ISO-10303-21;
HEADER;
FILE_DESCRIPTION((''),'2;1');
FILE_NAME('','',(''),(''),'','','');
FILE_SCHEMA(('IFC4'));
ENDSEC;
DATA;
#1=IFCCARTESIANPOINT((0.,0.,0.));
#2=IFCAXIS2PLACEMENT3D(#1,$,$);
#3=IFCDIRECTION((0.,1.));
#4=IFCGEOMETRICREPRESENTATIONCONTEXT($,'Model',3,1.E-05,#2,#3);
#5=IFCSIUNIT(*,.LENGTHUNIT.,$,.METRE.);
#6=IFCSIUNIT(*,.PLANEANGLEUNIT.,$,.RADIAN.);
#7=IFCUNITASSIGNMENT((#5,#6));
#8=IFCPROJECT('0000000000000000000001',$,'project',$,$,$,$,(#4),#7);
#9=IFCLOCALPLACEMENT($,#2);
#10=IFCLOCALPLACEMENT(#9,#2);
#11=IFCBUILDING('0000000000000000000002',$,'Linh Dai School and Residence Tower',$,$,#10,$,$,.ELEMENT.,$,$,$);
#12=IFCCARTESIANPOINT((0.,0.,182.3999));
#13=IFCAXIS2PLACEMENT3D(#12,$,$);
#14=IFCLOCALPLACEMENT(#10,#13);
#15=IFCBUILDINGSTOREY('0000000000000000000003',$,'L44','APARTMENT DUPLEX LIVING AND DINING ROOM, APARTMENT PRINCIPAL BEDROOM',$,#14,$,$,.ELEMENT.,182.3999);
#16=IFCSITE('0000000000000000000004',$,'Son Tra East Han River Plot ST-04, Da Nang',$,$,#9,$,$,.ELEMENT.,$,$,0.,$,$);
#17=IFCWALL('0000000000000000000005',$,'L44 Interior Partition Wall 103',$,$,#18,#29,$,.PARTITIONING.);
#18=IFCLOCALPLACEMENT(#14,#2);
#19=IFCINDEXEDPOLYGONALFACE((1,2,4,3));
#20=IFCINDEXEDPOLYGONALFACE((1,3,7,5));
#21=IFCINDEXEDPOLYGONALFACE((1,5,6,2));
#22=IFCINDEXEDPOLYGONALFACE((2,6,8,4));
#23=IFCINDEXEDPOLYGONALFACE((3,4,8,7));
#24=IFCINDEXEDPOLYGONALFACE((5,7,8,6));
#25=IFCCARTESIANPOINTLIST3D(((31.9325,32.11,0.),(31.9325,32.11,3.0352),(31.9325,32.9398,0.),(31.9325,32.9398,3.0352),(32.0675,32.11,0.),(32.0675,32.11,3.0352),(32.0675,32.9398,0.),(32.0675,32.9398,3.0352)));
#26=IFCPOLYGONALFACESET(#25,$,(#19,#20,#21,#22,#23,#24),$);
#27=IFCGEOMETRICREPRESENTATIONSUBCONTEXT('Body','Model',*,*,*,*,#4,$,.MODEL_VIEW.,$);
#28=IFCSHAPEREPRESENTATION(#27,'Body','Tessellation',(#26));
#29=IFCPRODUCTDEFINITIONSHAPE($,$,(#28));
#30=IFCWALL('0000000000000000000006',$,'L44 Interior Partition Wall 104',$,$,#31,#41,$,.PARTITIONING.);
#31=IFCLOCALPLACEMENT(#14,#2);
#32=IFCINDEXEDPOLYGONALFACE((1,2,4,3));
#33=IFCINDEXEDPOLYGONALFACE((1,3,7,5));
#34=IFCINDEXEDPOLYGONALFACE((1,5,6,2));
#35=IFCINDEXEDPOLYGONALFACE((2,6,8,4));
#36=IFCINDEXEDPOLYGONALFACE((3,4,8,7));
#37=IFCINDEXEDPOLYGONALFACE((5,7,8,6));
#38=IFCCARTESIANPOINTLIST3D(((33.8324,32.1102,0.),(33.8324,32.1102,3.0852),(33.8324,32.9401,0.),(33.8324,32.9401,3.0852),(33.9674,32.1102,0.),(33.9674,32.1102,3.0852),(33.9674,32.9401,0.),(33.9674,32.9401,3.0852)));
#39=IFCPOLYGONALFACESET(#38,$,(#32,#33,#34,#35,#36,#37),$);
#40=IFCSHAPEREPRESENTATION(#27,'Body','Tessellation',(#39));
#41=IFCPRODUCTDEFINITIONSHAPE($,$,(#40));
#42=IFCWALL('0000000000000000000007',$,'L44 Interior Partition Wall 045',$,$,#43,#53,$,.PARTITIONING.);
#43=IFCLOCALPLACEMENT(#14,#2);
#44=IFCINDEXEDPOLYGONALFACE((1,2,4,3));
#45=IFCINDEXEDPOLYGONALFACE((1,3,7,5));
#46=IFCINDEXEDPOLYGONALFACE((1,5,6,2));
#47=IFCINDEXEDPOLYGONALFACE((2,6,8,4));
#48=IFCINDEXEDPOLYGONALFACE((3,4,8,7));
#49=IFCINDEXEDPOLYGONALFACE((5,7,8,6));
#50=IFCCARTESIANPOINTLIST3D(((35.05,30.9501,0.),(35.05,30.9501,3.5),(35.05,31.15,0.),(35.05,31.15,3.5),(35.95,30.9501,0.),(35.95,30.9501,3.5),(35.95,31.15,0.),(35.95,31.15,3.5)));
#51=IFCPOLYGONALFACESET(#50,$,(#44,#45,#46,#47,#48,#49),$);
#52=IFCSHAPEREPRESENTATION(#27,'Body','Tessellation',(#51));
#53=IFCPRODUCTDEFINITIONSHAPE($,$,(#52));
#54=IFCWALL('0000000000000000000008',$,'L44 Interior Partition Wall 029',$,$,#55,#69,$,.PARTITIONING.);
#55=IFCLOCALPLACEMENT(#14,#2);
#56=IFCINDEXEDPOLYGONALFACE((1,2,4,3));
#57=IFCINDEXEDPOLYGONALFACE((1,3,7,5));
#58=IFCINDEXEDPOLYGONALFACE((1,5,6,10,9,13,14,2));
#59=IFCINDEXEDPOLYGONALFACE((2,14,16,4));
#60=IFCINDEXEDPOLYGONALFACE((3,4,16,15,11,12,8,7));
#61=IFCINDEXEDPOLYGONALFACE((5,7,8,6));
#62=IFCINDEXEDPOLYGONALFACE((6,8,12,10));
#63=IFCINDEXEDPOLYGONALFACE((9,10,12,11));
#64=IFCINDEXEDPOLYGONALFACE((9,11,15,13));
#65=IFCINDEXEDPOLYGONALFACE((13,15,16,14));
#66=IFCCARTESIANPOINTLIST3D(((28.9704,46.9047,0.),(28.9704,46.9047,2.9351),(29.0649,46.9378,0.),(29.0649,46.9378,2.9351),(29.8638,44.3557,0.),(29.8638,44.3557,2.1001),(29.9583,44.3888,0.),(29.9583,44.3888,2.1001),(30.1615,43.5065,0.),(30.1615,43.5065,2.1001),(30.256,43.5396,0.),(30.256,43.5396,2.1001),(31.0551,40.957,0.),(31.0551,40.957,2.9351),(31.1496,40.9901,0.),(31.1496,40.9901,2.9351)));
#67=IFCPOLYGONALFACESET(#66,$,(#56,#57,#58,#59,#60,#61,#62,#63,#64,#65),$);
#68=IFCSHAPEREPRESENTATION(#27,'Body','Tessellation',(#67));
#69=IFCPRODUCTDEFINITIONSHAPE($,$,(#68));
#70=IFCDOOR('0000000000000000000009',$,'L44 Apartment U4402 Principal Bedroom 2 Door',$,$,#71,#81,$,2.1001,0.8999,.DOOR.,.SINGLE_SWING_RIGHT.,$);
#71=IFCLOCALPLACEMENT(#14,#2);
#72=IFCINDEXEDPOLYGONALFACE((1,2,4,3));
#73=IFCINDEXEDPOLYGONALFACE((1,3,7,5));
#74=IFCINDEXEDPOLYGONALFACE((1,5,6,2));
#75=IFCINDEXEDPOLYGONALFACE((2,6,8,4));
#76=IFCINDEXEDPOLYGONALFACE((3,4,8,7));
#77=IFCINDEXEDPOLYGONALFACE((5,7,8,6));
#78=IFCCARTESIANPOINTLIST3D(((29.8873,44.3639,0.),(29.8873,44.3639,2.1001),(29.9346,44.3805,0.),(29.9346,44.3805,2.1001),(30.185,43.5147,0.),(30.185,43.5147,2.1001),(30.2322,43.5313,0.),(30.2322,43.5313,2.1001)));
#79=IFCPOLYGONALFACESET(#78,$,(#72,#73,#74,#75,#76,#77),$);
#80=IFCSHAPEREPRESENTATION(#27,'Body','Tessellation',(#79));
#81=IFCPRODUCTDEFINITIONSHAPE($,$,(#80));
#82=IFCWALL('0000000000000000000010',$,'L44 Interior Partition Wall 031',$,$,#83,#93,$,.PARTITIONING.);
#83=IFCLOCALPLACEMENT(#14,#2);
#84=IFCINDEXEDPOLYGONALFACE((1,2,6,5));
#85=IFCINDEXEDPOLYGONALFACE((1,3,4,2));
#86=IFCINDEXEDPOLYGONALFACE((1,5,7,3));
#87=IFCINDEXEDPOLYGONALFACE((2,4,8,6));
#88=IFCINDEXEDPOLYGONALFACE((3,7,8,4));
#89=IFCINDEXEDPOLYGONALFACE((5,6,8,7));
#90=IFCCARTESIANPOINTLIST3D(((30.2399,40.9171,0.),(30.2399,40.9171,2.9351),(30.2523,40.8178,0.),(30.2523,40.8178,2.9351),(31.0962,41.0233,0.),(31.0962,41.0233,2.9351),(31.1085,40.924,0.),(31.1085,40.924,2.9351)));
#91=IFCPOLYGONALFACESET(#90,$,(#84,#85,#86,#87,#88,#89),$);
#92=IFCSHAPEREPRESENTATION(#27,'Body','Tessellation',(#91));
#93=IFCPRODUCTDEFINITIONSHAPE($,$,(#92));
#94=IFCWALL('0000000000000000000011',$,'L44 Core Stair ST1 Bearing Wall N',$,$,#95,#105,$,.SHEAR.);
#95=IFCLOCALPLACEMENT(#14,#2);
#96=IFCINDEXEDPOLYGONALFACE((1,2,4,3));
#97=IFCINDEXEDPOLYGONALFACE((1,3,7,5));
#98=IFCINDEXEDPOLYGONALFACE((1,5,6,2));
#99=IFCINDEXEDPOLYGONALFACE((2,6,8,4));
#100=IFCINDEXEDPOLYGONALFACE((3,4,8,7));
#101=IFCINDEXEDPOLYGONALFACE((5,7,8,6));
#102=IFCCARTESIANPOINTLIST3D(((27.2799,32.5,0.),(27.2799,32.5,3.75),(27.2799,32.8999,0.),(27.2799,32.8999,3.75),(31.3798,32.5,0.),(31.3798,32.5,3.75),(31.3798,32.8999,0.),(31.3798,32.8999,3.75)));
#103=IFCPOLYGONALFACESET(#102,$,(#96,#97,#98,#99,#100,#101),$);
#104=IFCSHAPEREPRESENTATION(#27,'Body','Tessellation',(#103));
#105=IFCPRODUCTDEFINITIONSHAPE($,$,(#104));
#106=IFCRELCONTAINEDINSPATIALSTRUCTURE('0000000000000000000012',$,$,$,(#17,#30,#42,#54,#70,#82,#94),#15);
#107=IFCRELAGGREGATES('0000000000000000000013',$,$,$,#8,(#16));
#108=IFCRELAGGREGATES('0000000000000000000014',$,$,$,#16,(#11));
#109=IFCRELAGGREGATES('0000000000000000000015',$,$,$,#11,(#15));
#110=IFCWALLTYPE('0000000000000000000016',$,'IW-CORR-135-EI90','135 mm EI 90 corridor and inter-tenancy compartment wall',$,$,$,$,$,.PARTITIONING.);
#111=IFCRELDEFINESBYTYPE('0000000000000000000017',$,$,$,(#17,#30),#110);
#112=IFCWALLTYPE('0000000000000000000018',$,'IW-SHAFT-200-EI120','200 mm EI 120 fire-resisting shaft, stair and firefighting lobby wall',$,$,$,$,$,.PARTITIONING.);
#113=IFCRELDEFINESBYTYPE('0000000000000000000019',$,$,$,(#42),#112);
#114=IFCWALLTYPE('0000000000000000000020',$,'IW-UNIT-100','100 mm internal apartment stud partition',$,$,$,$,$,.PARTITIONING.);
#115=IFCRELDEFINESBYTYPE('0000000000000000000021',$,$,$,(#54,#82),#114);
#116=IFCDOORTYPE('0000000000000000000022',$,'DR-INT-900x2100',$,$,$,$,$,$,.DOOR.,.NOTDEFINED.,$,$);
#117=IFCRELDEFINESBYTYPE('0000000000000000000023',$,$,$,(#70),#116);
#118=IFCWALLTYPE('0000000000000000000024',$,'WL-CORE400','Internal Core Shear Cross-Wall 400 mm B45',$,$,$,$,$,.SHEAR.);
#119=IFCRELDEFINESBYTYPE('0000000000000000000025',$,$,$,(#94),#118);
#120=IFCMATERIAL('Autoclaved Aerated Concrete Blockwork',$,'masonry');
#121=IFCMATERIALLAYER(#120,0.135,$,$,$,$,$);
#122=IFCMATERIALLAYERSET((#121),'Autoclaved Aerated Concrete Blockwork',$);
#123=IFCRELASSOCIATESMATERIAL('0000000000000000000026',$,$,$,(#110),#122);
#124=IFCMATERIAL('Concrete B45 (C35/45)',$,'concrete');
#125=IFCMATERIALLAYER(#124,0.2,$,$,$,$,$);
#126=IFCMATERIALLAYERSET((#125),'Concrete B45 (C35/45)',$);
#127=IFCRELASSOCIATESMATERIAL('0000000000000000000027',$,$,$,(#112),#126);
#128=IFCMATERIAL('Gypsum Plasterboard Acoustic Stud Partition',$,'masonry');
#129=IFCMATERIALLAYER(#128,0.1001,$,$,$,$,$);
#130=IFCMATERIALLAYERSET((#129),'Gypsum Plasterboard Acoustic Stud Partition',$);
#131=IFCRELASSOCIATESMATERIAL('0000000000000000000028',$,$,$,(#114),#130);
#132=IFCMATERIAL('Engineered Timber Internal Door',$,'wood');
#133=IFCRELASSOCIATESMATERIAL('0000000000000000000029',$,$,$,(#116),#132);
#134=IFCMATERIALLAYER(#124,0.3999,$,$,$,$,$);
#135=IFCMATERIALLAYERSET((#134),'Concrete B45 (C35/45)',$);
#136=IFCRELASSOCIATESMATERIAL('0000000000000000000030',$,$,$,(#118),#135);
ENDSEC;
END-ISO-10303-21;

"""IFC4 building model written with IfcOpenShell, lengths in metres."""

from ifc_helpers import new_model, si_unit, direction, frame, frame_2d, origin, origin_2d, place, context, subcontext, project, spatial, rectangle, extrude, source, transform, mapped, material, layer, layer_set, type_object, element, fill, save


model = new_model("IFC4")

# Units and contexts
model_context = context("Model", 3, precision=1e-05, world=origin(), true_north=direction((0.0, 1.0)))
body_context = subcontext(model_context, "Body", "Model", "MODEL_VIEW")
ifc_project = project(units=[si_unit("LENGTHUNIT", "METRE"), si_unit("PLANEANGLEUNIT", "RADIAN")], contexts=[model_context])

# Site, building, storey
site_placement = place(None, origin())
site = spatial("IfcSite", under=ifc_project, at=site_placement, Name="Son Tra East Han River Plot ST-04, Da Nang", CompositionType="ELEMENT", RefElevation=0.0)
building_placement = place(site_placement, origin())
building = spatial("IfcBuilding", under=site, at=building_placement, Name="Linh Dai School and Residence Tower", CompositionType="ELEMENT")
storey_placement = place(building_placement, frame((0.0, 0.0, 182.3999)))
storey = spatial("IfcBuildingStorey", under=building, at=storey_placement, Name="L44", Description="APARTMENT DUPLEX LIVING AND DINING ROOM, APARTMENT PRINCIPAL BEDROOM", CompositionType="ELEMENT", Elevation=182.3999)

# Walls
ifc_material_1 = material(Name="Autoclaved Aerated Concrete Blockwork", Category="masonry")
ifc_layer_1 = layer(ifc_material_1, 0.135)
ifc_layer_set_1 = layer_set([ifc_layer_1], Name="Autoclaved Aerated Concrete Blockwork")
wall_type_1 = type_object("IfcWallType", Name="IW-CORR-135-EI90", Description="135 mm EI 90 corridor and inter-tenancy compartment wall", PredefinedType="PARTITIONING", material=ifc_layer_set_1)
wall_1_placement = place(storey_placement, frame((32.0, 32.9399, 0.0), z_axis=(0.0, 0.0, 1.0), x_axis=(0.0, -1.0, 0.0)))
element("IfcWall", 1, at=wall_1_placement, inside=storey, type_object=wall_type_1, Name="L44 Interior Partition Wall 103", PredefinedType="PARTITIONING", context=body_context, shape_type="SweptSolid", body=[
    extrude(rectangle(XDim=0.8298, YDim=0.135, at=frame_2d((0.415, 0.0))), origin(), (0.0, 0.0, 1.0), 3.0352),
])
wall_2_placement = place(storey_placement, frame((33.8999, 32.1101, 0.0), z_axis=(0.0, 0.0, 1.0), x_axis=(0.0, 1.0, 0.0)))
element("IfcWall", 2, at=wall_2_placement, inside=storey, type_object=wall_type_1, Name="L44 Interior Partition Wall 104", PredefinedType="PARTITIONING", context=body_context, shape_type="SweptSolid", body=[
    extrude(rectangle(XDim=0.8298, YDim=0.135, at=frame_2d((0.415, 0.0))), origin(), (0.0, 0.0, 1.0), 3.0852),
])
ifc_material_2 = material(Name="Concrete B45 (C35/45)", Category="concrete")
ifc_layer_2 = layer(ifc_material_2, 0.2)
ifc_layer_set_2 = layer_set([ifc_layer_2], Name="Concrete B45 (C35/45)")
wall_type_2 = type_object("IfcWallType", Name="IW-SHAFT-200-EI120", Description="200 mm EI 120 fire-resisting shaft, stair and firefighting lobby wall", PredefinedType="PARTITIONING", material=ifc_layer_set_2)
wall_3_placement = place(storey_placement, frame((35.05, 31.05, 0.0), z_axis=(0.0, 0.0, 1.0), x_axis=(1.0, 0.0, 0.0)))
element("IfcWall", 3, at=wall_3_placement, inside=storey, type_object=wall_type_2, Name="L44 Interior Partition Wall 045", PredefinedType="PARTITIONING", context=body_context, shape_type="SweptSolid", body=[
    extrude(rectangle(XDim=0.8999, YDim=0.2, at=frame_2d((0.45, 0.0))), origin(), (0.0, 0.0, 1.0), 3.5),
])

# Wall, opening, door
ifc_material_3 = material(Name="Gypsum Plasterboard Acoustic Stud Partition", Category="masonry")
ifc_layer_3 = layer(ifc_material_3, 0.1001)
ifc_layer_set_3 = layer_set([ifc_layer_3], Name="Gypsum Plasterboard Acoustic Stud Partition")
wall_type_3 = type_object("IfcWallType", Name="IW-UNIT-100", Description="100 mm internal apartment stud partition", PredefinedType="PARTITIONING", material=ifc_layer_set_3)
wall_4_placement = place(storey_placement, frame((29.0176, 46.9214, 0.0), z_axis=(0.0, 0.0, 1.0), x_axis=(0.330775, -0.94371, 0.0)))
wall_4 = element("IfcWall", 4, at=wall_4_placement, inside=storey, type_object=wall_type_3, Name="L44 Interior Partition Wall 029", PredefinedType="PARTITIONING", context=body_context, shape_type="SweptSolid", body=[
    extrude(rectangle(XDim=6.3025, YDim=0.1001, at=frame_2d((3.1514, 0.0))), origin(), (0.0, 0.0, 1.0), 2.9351),
])
opening_1_placement = place(wall_4_placement, frame((2.7012, 0.0, 0.0)))
opening_1 = element("IfcOpeningElement", 5, at=opening_1_placement, cuts=wall_4, PredefinedType="OPENING", context=body_context, shape_type="SweptSolid", body=[
    extrude(rectangle(XDim=0.8999, YDim=2.1001, at=origin_2d()), frame((0.45, 0.0601, 1.05), z_axis=(0.0, -1.0, 0.0), x_axis=(1.0, 0.0, 0.0)), (0.0, 0.0, 1.0), 0.1201),
])
ifc_material_4 = material(Name="Engineered Timber Internal Door", Category="wood")
door_type_1 = type_object("IfcDoorType", Name="DR-INT-900x2100", OperationType="NOTDEFINED", PredefinedType="DOOR", material=ifc_material_4)
shared_shape_1 = source(origin(), body_context, "Body", "SweptSolid", [
    extrude(rectangle(XDim=0.8999, YDim=2.1001, at=origin_2d()), frame((0.45, 0.0249, 1.05), z_axis=(0.0, -1.0, 0.0), x_axis=(1.0, 0.0, 0.0)), (0.0, 0.0, 1.0), 0.05),
])
door_1_placement = place(opening_1_placement, origin())
door_1 = element("IfcDoor", 6, at=door_1_placement, inside=storey, type_object=door_type_1, Name="L44 Apartment U4402 Principal Bedroom 2 Door", OperationType="SINGLE_SWING_RIGHT", OverallHeight=2.1001, OverallWidth=0.8999, PredefinedType="DOOR", context=body_context, shape_type="MappedRepresentation", body=[
    mapped(shared_shape_1, transform((0.0, 0.0, 0.0), x_axis=(1.0, 0.0, 0.0), y_axis=(0.0, 1.0, 0.0), z_axis=(0.0, 0.0, 1.0), scale=1.0)),
])
fill(opening_1, door_1)

# Walls
wall_5_placement = place(storey_placement, frame((30.2461, 40.8674, 0.0), z_axis=(0.0, 0.0, 1.0), x_axis=(0.992395, 0.123094, 0.0)))
element("IfcWall", 7, at=wall_5_placement, inside=storey, type_object=wall_type_3, Name="L44 Interior Partition Wall 031", PredefinedType="PARTITIONING", context=body_context, shape_type="SweptSolid", body=[
    extrude(rectangle(XDim=0.8628, YDim=0.1001, at=frame_2d((0.4314, 0.0))), origin(), (0.0, 0.0, 1.0), 2.9351),
])
ifc_layer_4 = layer(ifc_material_2, 0.3999)
ifc_layer_set_4 = layer_set([ifc_layer_4], Name="Concrete B45 (C35/45)")
wall_type_4 = type_object("IfcWallType", Name="WL-CORE400", Description="Internal Core Shear Cross-Wall 400 mm B45", PredefinedType="SHEAR", material=ifc_layer_set_4)
wall_6_placement = place(storey_placement, frame((27.28, 32.7, 0.0), z_axis=(0.0, 0.0, 1.0), x_axis=(1.0, 0.0, 0.0)))
element("IfcWall", 8, at=wall_6_placement, inside=storey, type_object=wall_type_4, Name="L44 Core Stair ST1 Bearing Wall N", PredefinedType="SHEAR", context=body_context, shape_type="SweptSolid", body=[
    extrude(rectangle(XDim=4.0999, YDim=0.3999, at=frame_2d((2.0498, 0.0))), origin(), (0.0, 0.0, 1.0), 3.75),
])

save(model, "model.ifc")
